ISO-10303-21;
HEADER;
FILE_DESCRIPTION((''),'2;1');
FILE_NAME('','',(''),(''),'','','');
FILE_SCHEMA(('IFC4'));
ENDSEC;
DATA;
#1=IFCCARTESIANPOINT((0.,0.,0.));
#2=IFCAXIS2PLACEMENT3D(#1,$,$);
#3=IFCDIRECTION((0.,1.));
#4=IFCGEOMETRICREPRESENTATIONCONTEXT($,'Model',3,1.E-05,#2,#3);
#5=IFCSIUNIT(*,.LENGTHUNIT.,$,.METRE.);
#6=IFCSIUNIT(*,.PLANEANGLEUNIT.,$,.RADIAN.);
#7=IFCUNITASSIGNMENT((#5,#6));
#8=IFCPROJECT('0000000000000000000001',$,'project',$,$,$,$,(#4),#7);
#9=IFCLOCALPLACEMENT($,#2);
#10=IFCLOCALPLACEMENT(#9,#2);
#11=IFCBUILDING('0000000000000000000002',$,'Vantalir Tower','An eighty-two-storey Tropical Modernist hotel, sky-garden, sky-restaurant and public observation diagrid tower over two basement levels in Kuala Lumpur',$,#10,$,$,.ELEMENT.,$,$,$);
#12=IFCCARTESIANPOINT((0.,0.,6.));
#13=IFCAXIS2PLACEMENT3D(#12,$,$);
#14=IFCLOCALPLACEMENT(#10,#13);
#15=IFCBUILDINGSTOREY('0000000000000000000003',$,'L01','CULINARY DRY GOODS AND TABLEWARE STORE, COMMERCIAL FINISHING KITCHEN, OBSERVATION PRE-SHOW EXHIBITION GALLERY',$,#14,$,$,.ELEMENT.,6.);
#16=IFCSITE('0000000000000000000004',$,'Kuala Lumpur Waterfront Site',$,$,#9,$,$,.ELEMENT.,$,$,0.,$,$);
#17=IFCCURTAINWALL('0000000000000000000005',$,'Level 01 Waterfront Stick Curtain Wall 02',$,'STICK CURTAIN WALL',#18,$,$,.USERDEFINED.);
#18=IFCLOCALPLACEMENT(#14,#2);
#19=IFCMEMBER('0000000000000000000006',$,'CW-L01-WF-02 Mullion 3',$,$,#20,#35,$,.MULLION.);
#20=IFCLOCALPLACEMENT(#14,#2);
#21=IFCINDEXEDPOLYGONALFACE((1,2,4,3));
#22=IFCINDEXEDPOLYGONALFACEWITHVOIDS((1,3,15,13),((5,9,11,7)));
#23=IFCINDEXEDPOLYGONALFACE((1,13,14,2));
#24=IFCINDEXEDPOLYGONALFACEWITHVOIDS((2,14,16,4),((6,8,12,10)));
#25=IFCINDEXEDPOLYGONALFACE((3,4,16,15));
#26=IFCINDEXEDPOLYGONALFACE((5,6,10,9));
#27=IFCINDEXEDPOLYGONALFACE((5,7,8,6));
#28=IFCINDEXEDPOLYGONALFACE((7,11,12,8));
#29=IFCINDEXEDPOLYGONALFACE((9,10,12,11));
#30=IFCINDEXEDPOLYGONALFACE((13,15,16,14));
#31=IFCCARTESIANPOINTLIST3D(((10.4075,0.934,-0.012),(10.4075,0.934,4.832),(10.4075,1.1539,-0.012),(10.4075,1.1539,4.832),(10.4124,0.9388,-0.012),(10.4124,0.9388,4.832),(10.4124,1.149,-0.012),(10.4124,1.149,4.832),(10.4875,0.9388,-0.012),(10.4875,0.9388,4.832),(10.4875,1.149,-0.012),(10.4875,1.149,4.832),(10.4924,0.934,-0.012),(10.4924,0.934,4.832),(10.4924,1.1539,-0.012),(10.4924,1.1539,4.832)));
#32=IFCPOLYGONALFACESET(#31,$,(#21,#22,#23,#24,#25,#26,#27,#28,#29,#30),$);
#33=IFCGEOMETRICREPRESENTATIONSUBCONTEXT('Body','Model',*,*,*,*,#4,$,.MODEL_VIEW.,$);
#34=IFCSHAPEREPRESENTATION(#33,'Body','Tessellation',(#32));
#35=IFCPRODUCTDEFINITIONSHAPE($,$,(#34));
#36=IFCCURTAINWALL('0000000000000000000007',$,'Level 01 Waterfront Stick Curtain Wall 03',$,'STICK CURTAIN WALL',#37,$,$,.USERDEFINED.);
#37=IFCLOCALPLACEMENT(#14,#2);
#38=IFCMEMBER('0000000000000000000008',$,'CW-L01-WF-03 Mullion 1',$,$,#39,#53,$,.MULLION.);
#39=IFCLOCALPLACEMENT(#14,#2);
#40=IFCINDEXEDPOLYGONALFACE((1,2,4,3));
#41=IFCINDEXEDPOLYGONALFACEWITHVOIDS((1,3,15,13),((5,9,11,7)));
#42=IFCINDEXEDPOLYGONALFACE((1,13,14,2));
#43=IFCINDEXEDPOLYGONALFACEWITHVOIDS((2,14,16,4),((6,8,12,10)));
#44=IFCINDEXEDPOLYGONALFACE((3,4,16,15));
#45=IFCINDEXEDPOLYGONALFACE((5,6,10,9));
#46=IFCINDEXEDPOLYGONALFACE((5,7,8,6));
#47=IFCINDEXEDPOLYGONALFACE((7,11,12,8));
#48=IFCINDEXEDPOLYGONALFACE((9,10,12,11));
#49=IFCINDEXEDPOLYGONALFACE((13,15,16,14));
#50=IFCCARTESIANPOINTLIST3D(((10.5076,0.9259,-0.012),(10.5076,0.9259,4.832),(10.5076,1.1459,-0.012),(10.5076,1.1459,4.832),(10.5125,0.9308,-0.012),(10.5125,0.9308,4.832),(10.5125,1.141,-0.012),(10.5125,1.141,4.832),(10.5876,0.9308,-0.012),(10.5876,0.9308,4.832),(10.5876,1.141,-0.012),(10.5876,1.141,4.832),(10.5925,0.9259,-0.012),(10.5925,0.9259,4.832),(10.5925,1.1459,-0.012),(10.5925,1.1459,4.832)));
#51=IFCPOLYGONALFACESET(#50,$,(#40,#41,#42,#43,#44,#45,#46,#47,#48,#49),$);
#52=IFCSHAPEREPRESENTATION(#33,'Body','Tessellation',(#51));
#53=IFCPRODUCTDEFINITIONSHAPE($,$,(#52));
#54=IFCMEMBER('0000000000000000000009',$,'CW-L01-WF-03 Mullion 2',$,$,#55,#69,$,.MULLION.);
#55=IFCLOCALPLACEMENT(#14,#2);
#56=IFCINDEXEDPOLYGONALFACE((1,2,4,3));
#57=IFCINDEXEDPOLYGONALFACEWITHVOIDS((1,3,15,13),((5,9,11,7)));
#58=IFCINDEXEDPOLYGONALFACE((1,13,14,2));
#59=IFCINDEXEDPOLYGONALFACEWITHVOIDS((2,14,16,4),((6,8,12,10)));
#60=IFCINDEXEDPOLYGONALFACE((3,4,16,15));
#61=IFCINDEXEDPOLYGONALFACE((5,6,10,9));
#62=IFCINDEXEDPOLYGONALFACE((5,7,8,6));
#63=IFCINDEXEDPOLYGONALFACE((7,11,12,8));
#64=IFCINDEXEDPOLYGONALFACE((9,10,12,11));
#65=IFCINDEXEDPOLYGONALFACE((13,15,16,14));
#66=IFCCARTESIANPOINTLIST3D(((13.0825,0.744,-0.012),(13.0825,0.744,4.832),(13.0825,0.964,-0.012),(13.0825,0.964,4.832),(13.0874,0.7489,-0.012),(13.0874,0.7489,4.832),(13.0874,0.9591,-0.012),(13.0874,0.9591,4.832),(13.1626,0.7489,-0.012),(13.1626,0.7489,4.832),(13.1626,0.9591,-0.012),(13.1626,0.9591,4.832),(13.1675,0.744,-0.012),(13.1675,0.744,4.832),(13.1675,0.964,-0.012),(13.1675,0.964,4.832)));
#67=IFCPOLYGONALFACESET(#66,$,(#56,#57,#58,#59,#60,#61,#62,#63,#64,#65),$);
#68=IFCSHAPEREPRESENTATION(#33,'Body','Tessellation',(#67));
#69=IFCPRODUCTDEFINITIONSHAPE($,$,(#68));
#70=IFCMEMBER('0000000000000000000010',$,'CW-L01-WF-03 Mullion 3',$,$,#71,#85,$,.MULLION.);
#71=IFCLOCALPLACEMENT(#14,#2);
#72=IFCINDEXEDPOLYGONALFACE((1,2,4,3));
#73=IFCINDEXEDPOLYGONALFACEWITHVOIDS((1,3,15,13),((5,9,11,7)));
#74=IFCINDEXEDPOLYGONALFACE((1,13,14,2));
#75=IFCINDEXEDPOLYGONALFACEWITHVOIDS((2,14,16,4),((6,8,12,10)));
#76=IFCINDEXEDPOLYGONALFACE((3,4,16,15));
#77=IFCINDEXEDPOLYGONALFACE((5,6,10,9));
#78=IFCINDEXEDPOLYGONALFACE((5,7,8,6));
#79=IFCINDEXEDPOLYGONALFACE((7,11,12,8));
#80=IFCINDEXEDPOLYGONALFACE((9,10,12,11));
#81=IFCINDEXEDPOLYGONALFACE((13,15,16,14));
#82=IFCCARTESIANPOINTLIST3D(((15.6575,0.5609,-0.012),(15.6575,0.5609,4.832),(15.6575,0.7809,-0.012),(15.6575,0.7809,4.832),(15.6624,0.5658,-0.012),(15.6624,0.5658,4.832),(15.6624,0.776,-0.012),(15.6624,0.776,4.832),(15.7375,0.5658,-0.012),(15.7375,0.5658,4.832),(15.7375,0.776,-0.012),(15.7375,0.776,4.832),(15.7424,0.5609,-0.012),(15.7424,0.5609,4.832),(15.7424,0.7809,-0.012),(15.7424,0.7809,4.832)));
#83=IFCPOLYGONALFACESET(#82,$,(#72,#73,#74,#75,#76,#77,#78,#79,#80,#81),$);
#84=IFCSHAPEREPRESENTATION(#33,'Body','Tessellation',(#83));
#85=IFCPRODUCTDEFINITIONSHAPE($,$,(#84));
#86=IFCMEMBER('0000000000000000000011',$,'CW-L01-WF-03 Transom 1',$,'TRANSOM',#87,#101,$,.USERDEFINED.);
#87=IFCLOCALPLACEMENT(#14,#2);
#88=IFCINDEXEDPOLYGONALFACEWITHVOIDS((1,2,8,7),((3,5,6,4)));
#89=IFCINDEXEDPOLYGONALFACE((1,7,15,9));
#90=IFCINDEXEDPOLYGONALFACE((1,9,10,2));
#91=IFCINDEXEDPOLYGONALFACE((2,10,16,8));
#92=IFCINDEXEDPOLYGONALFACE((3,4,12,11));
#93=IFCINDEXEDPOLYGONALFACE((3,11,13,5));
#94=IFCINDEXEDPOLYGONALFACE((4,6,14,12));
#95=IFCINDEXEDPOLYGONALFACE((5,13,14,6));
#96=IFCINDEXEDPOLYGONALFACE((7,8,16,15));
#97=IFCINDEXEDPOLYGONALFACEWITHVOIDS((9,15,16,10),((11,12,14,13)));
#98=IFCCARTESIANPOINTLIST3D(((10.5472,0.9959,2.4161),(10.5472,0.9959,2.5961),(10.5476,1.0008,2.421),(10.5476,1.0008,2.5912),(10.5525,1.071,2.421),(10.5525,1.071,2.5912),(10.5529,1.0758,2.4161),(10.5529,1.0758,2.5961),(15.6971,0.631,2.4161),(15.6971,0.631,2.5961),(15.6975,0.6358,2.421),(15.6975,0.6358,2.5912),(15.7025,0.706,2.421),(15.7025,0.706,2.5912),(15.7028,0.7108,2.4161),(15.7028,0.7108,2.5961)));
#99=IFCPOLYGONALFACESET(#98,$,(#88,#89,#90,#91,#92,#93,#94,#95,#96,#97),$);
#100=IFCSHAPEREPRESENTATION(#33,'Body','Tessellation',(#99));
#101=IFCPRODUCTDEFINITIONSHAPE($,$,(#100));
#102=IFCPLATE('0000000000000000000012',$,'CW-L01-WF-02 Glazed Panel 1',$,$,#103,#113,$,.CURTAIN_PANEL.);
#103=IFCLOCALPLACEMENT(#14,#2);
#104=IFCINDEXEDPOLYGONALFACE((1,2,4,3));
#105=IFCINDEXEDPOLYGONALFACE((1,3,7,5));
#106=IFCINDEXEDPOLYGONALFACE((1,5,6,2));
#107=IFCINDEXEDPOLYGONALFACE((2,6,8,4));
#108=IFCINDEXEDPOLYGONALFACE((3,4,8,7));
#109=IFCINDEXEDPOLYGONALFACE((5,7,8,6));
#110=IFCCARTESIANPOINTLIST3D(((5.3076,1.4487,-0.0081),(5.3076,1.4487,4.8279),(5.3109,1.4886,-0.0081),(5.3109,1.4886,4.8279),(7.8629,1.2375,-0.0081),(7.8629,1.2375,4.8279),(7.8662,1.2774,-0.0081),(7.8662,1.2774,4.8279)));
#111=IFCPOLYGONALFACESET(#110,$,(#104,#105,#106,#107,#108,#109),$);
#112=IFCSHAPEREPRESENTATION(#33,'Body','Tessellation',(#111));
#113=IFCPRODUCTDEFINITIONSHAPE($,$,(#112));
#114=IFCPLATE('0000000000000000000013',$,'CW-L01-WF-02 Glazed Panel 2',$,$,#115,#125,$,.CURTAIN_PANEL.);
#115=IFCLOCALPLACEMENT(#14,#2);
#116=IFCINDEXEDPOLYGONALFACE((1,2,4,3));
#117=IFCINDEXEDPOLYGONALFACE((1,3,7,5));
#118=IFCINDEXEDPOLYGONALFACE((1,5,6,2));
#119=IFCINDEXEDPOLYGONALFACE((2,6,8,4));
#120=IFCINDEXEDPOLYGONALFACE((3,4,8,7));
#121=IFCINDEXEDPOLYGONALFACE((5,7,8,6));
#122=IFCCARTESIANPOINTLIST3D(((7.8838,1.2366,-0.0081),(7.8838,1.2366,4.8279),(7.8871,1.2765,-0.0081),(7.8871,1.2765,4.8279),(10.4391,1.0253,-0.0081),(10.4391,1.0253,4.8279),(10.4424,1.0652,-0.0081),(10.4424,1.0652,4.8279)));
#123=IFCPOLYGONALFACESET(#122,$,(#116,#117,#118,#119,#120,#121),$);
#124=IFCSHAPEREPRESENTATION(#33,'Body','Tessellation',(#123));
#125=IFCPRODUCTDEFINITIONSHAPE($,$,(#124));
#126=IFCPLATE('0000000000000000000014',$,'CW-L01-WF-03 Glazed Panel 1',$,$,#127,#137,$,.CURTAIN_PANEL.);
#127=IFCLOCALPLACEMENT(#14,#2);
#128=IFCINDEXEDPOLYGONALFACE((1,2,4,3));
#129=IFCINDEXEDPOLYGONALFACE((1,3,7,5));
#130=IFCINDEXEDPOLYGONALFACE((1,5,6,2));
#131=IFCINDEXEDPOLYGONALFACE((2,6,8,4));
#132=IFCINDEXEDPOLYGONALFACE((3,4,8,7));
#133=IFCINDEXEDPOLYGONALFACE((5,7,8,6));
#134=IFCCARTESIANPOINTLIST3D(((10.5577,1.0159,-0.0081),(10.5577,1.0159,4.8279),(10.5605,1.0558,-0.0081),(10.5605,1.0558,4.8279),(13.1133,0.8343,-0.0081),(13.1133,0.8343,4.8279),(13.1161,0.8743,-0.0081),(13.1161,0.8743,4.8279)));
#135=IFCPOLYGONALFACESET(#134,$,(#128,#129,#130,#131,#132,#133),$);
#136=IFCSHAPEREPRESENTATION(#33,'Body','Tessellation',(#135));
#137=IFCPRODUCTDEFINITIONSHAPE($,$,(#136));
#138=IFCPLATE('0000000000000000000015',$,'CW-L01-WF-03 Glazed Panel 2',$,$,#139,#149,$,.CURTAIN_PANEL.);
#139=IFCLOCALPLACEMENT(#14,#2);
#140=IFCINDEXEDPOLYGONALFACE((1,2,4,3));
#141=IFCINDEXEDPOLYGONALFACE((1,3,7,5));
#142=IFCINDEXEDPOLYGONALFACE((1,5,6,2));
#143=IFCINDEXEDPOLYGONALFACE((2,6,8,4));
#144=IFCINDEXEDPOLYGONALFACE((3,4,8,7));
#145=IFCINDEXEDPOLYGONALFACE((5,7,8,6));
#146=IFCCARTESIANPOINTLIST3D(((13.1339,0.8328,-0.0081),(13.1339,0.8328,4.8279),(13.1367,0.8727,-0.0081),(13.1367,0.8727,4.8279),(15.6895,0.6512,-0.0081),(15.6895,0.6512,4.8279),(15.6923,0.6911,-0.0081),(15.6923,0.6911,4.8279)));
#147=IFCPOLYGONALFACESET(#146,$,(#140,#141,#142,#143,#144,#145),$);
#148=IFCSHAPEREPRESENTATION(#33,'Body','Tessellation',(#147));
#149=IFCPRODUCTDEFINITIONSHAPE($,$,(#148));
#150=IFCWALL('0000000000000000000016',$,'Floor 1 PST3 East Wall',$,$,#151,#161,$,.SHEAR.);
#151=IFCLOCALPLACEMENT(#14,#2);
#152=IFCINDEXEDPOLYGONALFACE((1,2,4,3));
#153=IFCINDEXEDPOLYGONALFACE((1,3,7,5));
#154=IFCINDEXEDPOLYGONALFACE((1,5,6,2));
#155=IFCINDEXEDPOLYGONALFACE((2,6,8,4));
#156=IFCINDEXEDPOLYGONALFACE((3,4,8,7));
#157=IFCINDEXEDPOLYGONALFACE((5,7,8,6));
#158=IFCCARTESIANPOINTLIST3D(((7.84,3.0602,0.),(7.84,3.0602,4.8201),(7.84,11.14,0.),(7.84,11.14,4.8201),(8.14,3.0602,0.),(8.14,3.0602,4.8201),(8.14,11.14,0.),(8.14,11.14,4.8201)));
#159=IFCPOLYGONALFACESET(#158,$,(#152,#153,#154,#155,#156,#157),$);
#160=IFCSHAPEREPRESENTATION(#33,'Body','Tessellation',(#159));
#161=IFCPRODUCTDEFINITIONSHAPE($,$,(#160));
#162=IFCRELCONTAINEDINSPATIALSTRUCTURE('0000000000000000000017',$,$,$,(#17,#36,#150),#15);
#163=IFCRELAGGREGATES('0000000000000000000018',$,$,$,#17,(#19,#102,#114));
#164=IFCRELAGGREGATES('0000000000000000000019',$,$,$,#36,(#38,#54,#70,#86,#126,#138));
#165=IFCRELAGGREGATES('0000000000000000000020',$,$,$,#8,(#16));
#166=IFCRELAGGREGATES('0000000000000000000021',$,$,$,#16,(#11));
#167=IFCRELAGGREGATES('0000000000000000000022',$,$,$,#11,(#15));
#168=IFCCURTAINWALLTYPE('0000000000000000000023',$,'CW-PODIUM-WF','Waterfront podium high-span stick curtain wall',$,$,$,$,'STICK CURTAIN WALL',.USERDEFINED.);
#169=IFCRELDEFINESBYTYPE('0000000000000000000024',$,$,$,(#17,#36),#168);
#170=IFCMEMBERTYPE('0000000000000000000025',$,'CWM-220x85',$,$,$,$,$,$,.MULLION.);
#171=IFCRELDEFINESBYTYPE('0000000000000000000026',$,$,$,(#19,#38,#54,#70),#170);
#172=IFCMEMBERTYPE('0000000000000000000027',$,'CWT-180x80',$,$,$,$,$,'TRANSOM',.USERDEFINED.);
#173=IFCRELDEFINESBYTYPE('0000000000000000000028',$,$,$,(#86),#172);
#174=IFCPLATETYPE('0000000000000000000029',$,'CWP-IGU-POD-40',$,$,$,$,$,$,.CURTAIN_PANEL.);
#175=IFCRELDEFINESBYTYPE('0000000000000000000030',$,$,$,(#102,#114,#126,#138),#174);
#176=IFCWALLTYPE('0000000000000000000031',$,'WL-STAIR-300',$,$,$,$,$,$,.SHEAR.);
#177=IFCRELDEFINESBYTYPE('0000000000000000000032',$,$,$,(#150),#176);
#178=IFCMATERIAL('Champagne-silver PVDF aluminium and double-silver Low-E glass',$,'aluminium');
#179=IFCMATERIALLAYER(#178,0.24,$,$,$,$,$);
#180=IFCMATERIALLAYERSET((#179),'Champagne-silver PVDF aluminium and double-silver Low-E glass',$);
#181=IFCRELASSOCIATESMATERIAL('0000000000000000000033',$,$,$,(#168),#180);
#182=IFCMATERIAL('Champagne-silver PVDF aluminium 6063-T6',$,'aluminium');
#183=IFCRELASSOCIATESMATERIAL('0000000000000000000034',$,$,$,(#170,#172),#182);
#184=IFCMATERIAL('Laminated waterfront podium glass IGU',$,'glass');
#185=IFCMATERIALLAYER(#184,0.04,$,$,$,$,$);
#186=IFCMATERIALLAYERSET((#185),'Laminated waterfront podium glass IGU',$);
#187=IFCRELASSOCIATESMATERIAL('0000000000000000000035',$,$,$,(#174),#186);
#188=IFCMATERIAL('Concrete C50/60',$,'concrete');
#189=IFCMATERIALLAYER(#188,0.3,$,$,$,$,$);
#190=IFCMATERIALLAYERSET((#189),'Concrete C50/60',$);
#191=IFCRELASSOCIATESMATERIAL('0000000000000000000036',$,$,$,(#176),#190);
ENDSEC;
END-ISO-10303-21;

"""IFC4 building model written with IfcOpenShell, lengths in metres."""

from ifc_helpers import new_model, si_unit, direction, frame, frame_2d, origin, origin_2d, place, context, subcontext, project, spatial, rectangle, hollow_rectangle, extrude, material, layer, layer_set, material_profile, profile_set, type_object, element, aggregate, save


model = new_model("IFC4")

# Units and contexts
model_context = context("Model", 3, precision=1e-05, world=origin(), true_north=direction((0.0, 1.0)))
body_context = subcontext(model_context, "Body", "Model", "MODEL_VIEW")
ifc_project = project(units=[si_unit("LENGTHUNIT", "METRE"), si_unit("PLANEANGLEUNIT", "RADIAN")], contexts=[model_context])

# Site, building, storey
site_placement = place(None, origin())
site = spatial("IfcSite", under=ifc_project, at=site_placement, Name="Kuala Lumpur Waterfront Site", CompositionType="ELEMENT", RefElevation=0.0)
building_placement = place(site_placement, origin())
building = spatial("IfcBuilding", under=site, at=building_placement, Name="Vantalir Tower", Description="An eighty-two-storey Tropical Modernist hotel, sky-garden, sky-restaurant and public observation diagrid tower over two basement levels in Kuala Lumpur", CompositionType="ELEMENT")
storey_placement = place(building_placement, frame((0.0, 0.0, 6.0)))
storey = spatial("IfcBuildingStorey", under=building, at=storey_placement, Name="L01", Description="CULINARY DRY GOODS AND TABLEWARE STORE, COMMERCIAL FINISHING KITCHEN, OBSERVATION PRE-SHOW EXHIBITION GALLERY", CompositionType="ELEMENT", Elevation=6.0)

# Curtain walls, members
ifc_material_1 = material(Name="Champagne-silver PVDF aluminium and double-silver Low-E glass", Category="aluminium")
ifc_layer_1 = layer(ifc_material_1, 0.24)
ifc_layer_set_1 = layer_set([ifc_layer_1], Name="Champagne-silver PVDF aluminium and double-silver Low-E glass")
curtain_wall_type = type_object("IfcCurtainWallType", Name="CW-PODIUM-WF", Description="Waterfront podium high-span stick curtain wall", ElementType="STICK CURTAIN WALL", PredefinedType="USERDEFINED", material=ifc_layer_set_1)
curtain_wall_1_placement = place(storey_placement, origin())
curtain_wall_1 = element("IfcCurtainWall", 1, at=curtain_wall_1_placement, inside=storey, type_object=curtain_wall_type, Name="Level 01 Waterfront Stick Curtain Wall 02", ObjectType="STICK CURTAIN WALL", PredefinedType="USERDEFINED")
ifc_material_2 = material(Name="Champagne-silver PVDF aluminium 6063-T6", Category="aluminium")
ifc_material_profile_1 = material_profile(ifc_material_2, hollow_rectangle(XDim=0.085, YDim=0.22, WallThickness=0.0049, at=origin_2d()), Name="Champagne-silver PVDF aluminium 6063-T6")
ifc_profile_set_1 = profile_set([ifc_material_profile_1], Name="Champagne-silver PVDF aluminium 6063-T6")
member_type_1 = type_object("IfcMemberType", Name="CWM-220x85", PredefinedType="MULLION", material=ifc_profile_set_1)
member_1_placement = place(storey_placement, frame((10.45, 1.0439, -0.012), z_axis=(0.0, 0.0, 1.0), x_axis=(1.0, 0.0, 0.0)))
member_1 = element("IfcMember", 2, at=member_1_placement, type_object=member_type_1, Name="CW-L01-WF-02 Mullion 3", PredefinedType="MULLION", context=body_context, shape_type="SweptSolid", body=[
    extrude(hollow_rectangle(XDim=0.085, YDim=0.22, WallThickness=0.0049, at=origin_2d()), origin(), (0.0, 0.0, 1.0), 4.844),
])
curtain_wall_2_placement = place(storey_placement, origin())
curtain_wall_2 = element("IfcCurtainWall", 3, at=curtain_wall_2_placement, inside=storey, type_object=curtain_wall_type, Name="Level 01 Waterfront Stick Curtain Wall 03", ObjectType="STICK CURTAIN WALL", PredefinedType="USERDEFINED")
member_2_placement = place(storey_placement, frame((10.55, 1.0359, -0.012), z_axis=(0.0, 0.0, 1.0), x_axis=(1.0, 0.0, 0.0)))
member_2 = element("IfcMember", 4, at=member_2_placement, type_object=member_type_1, Name="CW-L01-WF-03 Mullion 1", PredefinedType="MULLION", context=body_context, shape_type="SweptSolid", body=[
    extrude(hollow_rectangle(XDim=0.085, YDim=0.22, WallThickness=0.0049, at=origin_2d()), origin(), (0.0, 0.0, 1.0), 4.844),
])
member_3_placement = place(storey_placement, frame((13.125, 0.854, -0.012), z_axis=(0.0, 0.0, 1.0), x_axis=(1.0, 0.0, 0.0)))
member_3 = element("IfcMember", 5, at=member_3_placement, type_object=member_type_1, Name="CW-L01-WF-03 Mullion 2", PredefinedType="MULLION", context=body_context, shape_type="SweptSolid", body=[
    extrude(hollow_rectangle(XDim=0.085, YDim=0.22, WallThickness=0.0049, at=origin_2d()), origin(), (0.0, 0.0, 1.0), 4.844),
])
member_4_placement = place(storey_placement, frame((15.7, 0.6709, -0.012), z_axis=(0.0, 0.0, 1.0), x_axis=(1.0, 0.0, 0.0)))
member_4 = element("IfcMember", 6, at=member_4_placement, type_object=member_type_1, Name="CW-L01-WF-03 Mullion 3", PredefinedType="MULLION", context=body_context, shape_type="SweptSolid", body=[
    extrude(hollow_rectangle(XDim=0.085, YDim=0.22, WallThickness=0.0049, at=origin_2d()), origin(), (0.0, 0.0, 1.0), 4.844),
])
ifc_material_profile_2 = material_profile(ifc_material_2, hollow_rectangle(XDim=0.0801, YDim=0.1799, WallThickness=0.0049, at=origin_2d()), Name="Champagne-silver PVDF aluminium 6063-T6")
ifc_profile_set_2 = profile_set([ifc_material_profile_2], Name="Champagne-silver PVDF aluminium 6063-T6")
member_type_2 = type_object("IfcMemberType", Name="CWT-180x80", ElementType="TRANSOM", PredefinedType="USERDEFINED", material=ifc_profile_set_2)
member_5_placement = place(storey_placement, frame((10.55, 1.0359, 2.5061), z_axis=(0.997498, -0.070696, 0.0), x_axis=(0.070696, 0.997498, 0.0)))
member_5 = element("IfcMember", 7, at=member_5_placement, type_object=member_type_2, Name="CW-L01-WF-03 Transom 1", ObjectType="TRANSOM", PredefinedType="USERDEFINED", context=body_context, shape_type="SweptSolid", body=[
    extrude(hollow_rectangle(XDim=0.0801, YDim=0.1799, WallThickness=0.0049, at=origin_2d()), origin(), (0.0, 0.0, 1.0), 5.1628),
])

# Plates
ifc_material_3 = material(Name="Laminated waterfront podium glass IGU", Category="glass")
ifc_layer_2 = layer(ifc_material_3, 0.04)
ifc_layer_set_2 = layer_set([ifc_layer_2], Name="Laminated waterfront podium glass IGU")
plate_type = type_object("IfcPlateType", Name="CWP-IGU-POD-40", PredefinedType="CURTAIN_PANEL", material=ifc_layer_set_2)
plate_1_placement = place(storey_placement, frame((6.5869, 1.363, -0.0081), z_axis=(0.0, 0.0, 1.0), x_axis=(0.9966, -0.082391, 0.0)))
plate_1 = element("IfcPlate", 8, at=plate_1_placement, type_object=plate_type, Name="CW-L01-WF-02 Glazed Panel 1", PredefinedType="CURTAIN_PANEL", context=body_context, shape_type="SweptSolid", body=[
    extrude(rectangle(XDim=2.564, YDim=0.04, at=origin_2d()), origin(), (0.0, 0.0, 1.0), 4.8359),
])
plate_2_placement = place(storey_placement, frame((9.1631, 1.1509, -0.0081), z_axis=(0.0, 0.0, 1.0), x_axis=(0.9966, -0.082391, 0.0)))
plate_2 = element("IfcPlate", 9, at=plate_2_placement, type_object=plate_type, Name="CW-L01-WF-02 Glazed Panel 2", PredefinedType="CURTAIN_PANEL", context=body_context, shape_type="SweptSolid", body=[
    extrude(rectangle(XDim=2.564, YDim=0.04, at=origin_2d()), origin(), (0.0, 0.0, 1.0), 4.8359),
])
aggregate(curtain_wall_1, [member_1, plate_1, plate_2])
plate_3_placement = place(storey_placement, frame((11.8369, 0.9451, -0.0081), z_axis=(0.0, 0.0, 1.0), x_axis=(0.997486, -0.070871, 0.0)))
plate_3 = element("IfcPlate", 10, at=plate_3_placement, type_object=plate_type, Name="CW-L01-WF-03 Glazed Panel 1", PredefinedType="CURTAIN_PANEL", context=body_context, shape_type="SweptSolid", body=[
    extrude(rectangle(XDim=2.562, YDim=0.04, at=origin_2d()), origin(), (0.0, 0.0, 1.0), 4.8359),
])
plate_4_placement = place(storey_placement, frame((14.4131, 0.762, -0.0081), z_axis=(0.0, 0.0, 1.0), x_axis=(0.997486, -0.070871, 0.0)))
plate_4 = element("IfcPlate", 11, at=plate_4_placement, type_object=plate_type, Name="CW-L01-WF-03 Glazed Panel 2", PredefinedType="CURTAIN_PANEL", context=body_context, shape_type="SweptSolid", body=[
    extrude(rectangle(XDim=2.562, YDim=0.04, at=origin_2d()), origin(), (0.0, 0.0, 1.0), 4.8359),
])
aggregate(curtain_wall_2, [member_2, member_3, member_4, member_5, plate_3, plate_4])

# Wall
ifc_material_4 = material(Name="Concrete C50/60", Category="concrete")
ifc_layer_3 = layer(ifc_material_4, 0.3)
ifc_layer_set_3 = layer_set([ifc_layer_3], Name="Concrete C50/60")
wall_type = type_object("IfcWallType", Name="WL-STAIR-300", PredefinedType="SHEAR", material=ifc_layer_set_3)
wall_placement = place(storey_placement, frame((7.99, 3.0601, 0.0), z_axis=(0.0, 0.0, 1.0), x_axis=(0.0, 1.0, 0.0)))
element("IfcWall", 12, at=wall_placement, inside=storey, type_object=wall_type, Name="Floor 1 PST3 East Wall", PredefinedType="SHEAR", context=body_context, shape_type="SweptSolid", body=[
    extrude(rectangle(XDim=8.0798, YDim=0.3, at=frame_2d((4.04, 0.0))), origin(), (0.0, 0.0, 1.0), 4.8201),
])

save(model, "model.ifc")
